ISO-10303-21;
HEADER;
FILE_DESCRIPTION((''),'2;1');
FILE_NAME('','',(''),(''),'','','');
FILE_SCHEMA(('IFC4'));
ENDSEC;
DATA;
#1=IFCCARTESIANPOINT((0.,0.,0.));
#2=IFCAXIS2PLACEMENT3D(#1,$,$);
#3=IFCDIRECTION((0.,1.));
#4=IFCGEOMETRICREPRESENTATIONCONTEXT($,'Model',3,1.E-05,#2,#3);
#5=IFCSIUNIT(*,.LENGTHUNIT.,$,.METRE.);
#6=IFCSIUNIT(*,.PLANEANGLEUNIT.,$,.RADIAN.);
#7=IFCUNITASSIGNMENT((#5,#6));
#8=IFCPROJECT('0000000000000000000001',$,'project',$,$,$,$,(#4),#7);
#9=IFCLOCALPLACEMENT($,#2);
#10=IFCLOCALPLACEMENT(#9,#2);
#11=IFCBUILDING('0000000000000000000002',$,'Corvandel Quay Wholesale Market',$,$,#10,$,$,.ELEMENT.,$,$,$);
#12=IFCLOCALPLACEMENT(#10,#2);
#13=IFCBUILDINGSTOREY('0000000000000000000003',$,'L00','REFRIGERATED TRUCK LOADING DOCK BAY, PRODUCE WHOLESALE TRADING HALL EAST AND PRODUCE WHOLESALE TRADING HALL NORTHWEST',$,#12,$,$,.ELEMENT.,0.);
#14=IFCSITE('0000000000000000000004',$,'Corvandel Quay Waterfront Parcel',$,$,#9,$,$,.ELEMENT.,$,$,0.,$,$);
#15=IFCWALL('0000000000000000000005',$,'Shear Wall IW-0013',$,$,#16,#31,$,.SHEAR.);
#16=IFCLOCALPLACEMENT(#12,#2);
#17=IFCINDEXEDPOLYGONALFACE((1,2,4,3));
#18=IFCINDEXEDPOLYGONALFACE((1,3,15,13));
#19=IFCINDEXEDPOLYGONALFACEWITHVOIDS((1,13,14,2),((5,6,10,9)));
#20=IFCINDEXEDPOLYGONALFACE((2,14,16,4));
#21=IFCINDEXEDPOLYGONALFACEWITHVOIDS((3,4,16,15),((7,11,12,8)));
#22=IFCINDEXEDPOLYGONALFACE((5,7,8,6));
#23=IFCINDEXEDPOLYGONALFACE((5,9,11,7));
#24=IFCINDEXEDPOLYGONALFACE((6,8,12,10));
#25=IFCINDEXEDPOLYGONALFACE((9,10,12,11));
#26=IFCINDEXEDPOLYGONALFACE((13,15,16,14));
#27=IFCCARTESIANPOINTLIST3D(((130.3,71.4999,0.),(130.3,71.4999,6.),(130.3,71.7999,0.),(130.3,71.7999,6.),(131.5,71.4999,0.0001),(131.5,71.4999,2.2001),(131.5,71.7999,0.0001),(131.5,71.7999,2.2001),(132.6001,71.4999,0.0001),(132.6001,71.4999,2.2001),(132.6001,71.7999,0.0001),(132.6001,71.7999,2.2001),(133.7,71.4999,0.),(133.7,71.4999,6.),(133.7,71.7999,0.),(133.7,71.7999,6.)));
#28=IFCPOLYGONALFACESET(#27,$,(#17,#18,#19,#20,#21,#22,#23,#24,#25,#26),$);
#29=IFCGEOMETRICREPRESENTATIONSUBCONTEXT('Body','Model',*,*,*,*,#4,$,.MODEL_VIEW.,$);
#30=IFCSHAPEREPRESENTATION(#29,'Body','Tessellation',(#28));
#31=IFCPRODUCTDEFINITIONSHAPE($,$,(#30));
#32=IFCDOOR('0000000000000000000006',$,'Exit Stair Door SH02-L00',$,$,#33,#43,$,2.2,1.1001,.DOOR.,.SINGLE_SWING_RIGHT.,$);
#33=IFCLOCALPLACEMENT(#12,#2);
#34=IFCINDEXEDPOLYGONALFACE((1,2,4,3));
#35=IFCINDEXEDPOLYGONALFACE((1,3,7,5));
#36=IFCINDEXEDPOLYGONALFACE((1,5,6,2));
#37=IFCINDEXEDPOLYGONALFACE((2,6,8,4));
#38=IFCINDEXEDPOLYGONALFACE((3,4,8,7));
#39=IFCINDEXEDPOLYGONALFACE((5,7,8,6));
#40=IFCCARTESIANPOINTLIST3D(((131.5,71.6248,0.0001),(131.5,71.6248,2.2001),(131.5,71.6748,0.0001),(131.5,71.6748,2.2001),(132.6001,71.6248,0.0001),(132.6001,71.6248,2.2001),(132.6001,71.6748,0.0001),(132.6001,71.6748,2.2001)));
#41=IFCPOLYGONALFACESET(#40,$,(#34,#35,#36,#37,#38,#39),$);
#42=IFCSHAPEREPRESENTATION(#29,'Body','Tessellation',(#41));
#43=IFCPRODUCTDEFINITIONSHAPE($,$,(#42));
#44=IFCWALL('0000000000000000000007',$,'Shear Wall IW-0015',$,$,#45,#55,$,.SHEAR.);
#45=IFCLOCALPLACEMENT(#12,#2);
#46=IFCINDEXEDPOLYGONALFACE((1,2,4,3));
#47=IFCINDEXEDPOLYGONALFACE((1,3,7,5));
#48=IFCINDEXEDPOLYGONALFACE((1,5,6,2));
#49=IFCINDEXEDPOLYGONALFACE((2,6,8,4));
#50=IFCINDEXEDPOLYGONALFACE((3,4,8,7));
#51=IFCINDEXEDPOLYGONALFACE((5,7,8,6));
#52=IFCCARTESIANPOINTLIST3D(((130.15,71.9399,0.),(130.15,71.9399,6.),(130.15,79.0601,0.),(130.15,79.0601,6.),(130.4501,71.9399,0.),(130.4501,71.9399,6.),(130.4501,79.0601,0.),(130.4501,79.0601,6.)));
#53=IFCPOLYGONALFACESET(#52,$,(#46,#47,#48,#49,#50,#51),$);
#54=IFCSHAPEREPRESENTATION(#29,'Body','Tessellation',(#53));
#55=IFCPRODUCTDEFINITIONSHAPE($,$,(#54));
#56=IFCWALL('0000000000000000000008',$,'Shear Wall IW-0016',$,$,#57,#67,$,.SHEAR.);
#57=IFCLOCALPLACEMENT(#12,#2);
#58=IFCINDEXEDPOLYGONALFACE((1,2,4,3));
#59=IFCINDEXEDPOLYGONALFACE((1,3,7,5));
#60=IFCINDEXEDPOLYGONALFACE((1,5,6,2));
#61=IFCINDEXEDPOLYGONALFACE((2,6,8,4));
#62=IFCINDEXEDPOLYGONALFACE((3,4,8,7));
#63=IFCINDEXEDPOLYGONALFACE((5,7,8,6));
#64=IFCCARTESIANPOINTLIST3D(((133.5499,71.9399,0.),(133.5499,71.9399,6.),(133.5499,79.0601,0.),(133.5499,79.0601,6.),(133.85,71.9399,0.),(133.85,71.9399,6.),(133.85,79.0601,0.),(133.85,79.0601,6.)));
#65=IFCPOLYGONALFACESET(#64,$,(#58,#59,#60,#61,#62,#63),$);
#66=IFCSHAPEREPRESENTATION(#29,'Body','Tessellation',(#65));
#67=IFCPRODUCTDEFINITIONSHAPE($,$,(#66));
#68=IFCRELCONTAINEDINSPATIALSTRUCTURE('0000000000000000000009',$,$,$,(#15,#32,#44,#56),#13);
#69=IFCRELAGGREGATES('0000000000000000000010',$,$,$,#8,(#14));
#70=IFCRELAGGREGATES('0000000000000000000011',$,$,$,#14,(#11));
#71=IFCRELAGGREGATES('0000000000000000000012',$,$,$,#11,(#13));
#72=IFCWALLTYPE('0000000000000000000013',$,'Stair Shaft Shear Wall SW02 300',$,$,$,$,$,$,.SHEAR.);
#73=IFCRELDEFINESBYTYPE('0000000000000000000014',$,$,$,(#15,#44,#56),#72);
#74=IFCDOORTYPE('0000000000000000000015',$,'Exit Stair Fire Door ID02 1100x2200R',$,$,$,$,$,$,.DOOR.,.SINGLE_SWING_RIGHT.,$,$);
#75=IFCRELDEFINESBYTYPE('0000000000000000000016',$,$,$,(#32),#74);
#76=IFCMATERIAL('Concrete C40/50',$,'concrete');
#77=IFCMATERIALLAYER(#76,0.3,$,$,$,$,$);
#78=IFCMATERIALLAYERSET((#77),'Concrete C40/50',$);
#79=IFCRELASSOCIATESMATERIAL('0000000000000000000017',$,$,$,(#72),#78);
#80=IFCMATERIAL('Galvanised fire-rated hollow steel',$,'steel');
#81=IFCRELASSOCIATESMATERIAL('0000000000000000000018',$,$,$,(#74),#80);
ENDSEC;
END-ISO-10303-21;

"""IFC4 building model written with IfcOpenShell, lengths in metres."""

from ifc_helpers import new_model, si_unit, direction, frame, frame_2d, origin, place, context, subcontext, project, spatial, rectangle, extrude, material, layer, layer_set, type_object, element, fill, save


model = new_model("IFC4")

# Units and contexts
model_context = context("Model", 3, precision=1e-05, world=origin(), true_north=direction((0.0, 1.0)))
body_context = subcontext(model_context, "Body", "Model", "MODEL_VIEW")
ifc_project = project(units=[si_unit("LENGTHUNIT", "METRE"), si_unit("PLANEANGLEUNIT", "RADIAN")], contexts=[model_context])

# Site, building, storey
site_placement = place(None, origin())
site = spatial("IfcSite", under=ifc_project, at=site_placement, Name="Corvandel Quay Waterfront Parcel", CompositionType="ELEMENT", RefElevation=0.0)
building_placement = place(site_placement, origin())
building = spatial("IfcBuilding", under=site, at=building_placement, Name="Corvandel Quay Wholesale Market", CompositionType="ELEMENT")
storey_placement = place(building_placement, origin())
storey = spatial("IfcBuildingStorey", under=building, at=storey_placement, Name="L00", Description="REFRIGERATED TRUCK LOADING DOCK BAY, PRODUCE WHOLESALE TRADING HALL EAST AND PRODUCE WHOLESALE TRADING HALL NORTHWEST", CompositionType="ELEMENT", Elevation=0.0)

# Shared definitions
ifc_material_1 = material(Name="Concrete C40/50", Category="concrete")

# Wall, opening, door
ifc_layer_1 = layer(ifc_material_1, 0.3)
ifc_layer_set_1 = layer_set([ifc_layer_1], Name="Concrete C40/50")
wall_type_1 = type_object("IfcWallType", Name="Stair Shaft Shear Wall SW02 300", PredefinedType="SHEAR", material=ifc_layer_set_1)
wall_1_placement = place(storey_placement, frame((130.3, 71.6499, 0.0), z_axis=(0.0, 0.0, 1.0), x_axis=(1.0, 0.0, 0.0)))
wall_1 = element("IfcWall", 1, at=wall_1_placement, inside=storey, type_object=wall_type_1, Name="Shear Wall IW-0013", PredefinedType="SHEAR", context=body_context, shape_type="SweptSolid", body=[
    extrude(rectangle(XDim=3.3999, YDim=0.3, at=frame_2d((1.7, 0.0))), origin(), (0.0, 0.0, 1.0), 6.0),
])
opening_1_placement = place(wall_1_placement, frame((1.2, 0.0, 0.0)))
opening_1 = element("IfcOpeningElement", 2, at=opening_1_placement, cuts=wall_1, PredefinedType="OPENING", context=body_context, shape_type="SweptSolid", body=[
    extrude(rectangle(XDim=1.1001, YDim=2.2, at=frame_2d((0.55, 1.1001))), frame((0.0, 0.1599, 0.0), z_axis=(0.0, -1.0, 0.0), x_axis=(1.0, 0.0, 0.0)), (0.0, 0.0, 1.0), 0.3201),
])
ifc_material_2 = material(Name="Galvanised fire-rated hollow steel", Category="steel")
door_type = type_object("IfcDoorType", Name="Exit Stair Fire Door ID02 1100x2200R", OperationType="SINGLE_SWING_RIGHT", PredefinedType="DOOR", material=ifc_material_2)
door_placement = place(opening_1_placement, origin())
door = element("IfcDoor", 3, at=door_placement, inside=storey, type_object=door_type, Name="Exit Stair Door SH02-L00", OperationType="SINGLE_SWING_RIGHT", OverallHeight=2.2, OverallWidth=1.1001, PredefinedType="DOOR", context=body_context, shape_type="SweptSolid", body=[
    extrude(rectangle(XDim=1.1001, YDim=2.2, at=frame_2d((0.55, 1.1001))), frame((0.0, 0.0249, 0.0), z_axis=(0.0, -1.0, 0.0), x_axis=(1.0, 0.0, 0.0)), (0.0, 0.0, 1.0), 0.05),
])
fill(opening_1, door)

# Walls
for number, where, z_axis, x_axis, name in (
    (4, (130.3, 71.9399, 0.0), (0.0, 0.0, 1.0), (0.0, 1.0, 0.0), "Shear Wall IW-0015"),
    (5, (133.7, 71.9399, 0.0), (0.0, 0.0, 1.0), (0.0, 1.0, 0.0), "Shear Wall IW-0016"),
):
    element("IfcWall", number, at=place(storey_placement, frame(where, z_axis=z_axis, x_axis=x_axis)), inside=storey, type_object=wall_type_1, Name=name, PredefinedType="SHEAR", context=body_context, shape_type="SweptSolid", body=[
        extrude(rectangle(XDim=7.1201, YDim=0.3, at=frame_2d((3.5601, 0.0))), origin(), (0.0, 0.0, 1.0), 6.0),
    ])

save(model, "model.ifc")
